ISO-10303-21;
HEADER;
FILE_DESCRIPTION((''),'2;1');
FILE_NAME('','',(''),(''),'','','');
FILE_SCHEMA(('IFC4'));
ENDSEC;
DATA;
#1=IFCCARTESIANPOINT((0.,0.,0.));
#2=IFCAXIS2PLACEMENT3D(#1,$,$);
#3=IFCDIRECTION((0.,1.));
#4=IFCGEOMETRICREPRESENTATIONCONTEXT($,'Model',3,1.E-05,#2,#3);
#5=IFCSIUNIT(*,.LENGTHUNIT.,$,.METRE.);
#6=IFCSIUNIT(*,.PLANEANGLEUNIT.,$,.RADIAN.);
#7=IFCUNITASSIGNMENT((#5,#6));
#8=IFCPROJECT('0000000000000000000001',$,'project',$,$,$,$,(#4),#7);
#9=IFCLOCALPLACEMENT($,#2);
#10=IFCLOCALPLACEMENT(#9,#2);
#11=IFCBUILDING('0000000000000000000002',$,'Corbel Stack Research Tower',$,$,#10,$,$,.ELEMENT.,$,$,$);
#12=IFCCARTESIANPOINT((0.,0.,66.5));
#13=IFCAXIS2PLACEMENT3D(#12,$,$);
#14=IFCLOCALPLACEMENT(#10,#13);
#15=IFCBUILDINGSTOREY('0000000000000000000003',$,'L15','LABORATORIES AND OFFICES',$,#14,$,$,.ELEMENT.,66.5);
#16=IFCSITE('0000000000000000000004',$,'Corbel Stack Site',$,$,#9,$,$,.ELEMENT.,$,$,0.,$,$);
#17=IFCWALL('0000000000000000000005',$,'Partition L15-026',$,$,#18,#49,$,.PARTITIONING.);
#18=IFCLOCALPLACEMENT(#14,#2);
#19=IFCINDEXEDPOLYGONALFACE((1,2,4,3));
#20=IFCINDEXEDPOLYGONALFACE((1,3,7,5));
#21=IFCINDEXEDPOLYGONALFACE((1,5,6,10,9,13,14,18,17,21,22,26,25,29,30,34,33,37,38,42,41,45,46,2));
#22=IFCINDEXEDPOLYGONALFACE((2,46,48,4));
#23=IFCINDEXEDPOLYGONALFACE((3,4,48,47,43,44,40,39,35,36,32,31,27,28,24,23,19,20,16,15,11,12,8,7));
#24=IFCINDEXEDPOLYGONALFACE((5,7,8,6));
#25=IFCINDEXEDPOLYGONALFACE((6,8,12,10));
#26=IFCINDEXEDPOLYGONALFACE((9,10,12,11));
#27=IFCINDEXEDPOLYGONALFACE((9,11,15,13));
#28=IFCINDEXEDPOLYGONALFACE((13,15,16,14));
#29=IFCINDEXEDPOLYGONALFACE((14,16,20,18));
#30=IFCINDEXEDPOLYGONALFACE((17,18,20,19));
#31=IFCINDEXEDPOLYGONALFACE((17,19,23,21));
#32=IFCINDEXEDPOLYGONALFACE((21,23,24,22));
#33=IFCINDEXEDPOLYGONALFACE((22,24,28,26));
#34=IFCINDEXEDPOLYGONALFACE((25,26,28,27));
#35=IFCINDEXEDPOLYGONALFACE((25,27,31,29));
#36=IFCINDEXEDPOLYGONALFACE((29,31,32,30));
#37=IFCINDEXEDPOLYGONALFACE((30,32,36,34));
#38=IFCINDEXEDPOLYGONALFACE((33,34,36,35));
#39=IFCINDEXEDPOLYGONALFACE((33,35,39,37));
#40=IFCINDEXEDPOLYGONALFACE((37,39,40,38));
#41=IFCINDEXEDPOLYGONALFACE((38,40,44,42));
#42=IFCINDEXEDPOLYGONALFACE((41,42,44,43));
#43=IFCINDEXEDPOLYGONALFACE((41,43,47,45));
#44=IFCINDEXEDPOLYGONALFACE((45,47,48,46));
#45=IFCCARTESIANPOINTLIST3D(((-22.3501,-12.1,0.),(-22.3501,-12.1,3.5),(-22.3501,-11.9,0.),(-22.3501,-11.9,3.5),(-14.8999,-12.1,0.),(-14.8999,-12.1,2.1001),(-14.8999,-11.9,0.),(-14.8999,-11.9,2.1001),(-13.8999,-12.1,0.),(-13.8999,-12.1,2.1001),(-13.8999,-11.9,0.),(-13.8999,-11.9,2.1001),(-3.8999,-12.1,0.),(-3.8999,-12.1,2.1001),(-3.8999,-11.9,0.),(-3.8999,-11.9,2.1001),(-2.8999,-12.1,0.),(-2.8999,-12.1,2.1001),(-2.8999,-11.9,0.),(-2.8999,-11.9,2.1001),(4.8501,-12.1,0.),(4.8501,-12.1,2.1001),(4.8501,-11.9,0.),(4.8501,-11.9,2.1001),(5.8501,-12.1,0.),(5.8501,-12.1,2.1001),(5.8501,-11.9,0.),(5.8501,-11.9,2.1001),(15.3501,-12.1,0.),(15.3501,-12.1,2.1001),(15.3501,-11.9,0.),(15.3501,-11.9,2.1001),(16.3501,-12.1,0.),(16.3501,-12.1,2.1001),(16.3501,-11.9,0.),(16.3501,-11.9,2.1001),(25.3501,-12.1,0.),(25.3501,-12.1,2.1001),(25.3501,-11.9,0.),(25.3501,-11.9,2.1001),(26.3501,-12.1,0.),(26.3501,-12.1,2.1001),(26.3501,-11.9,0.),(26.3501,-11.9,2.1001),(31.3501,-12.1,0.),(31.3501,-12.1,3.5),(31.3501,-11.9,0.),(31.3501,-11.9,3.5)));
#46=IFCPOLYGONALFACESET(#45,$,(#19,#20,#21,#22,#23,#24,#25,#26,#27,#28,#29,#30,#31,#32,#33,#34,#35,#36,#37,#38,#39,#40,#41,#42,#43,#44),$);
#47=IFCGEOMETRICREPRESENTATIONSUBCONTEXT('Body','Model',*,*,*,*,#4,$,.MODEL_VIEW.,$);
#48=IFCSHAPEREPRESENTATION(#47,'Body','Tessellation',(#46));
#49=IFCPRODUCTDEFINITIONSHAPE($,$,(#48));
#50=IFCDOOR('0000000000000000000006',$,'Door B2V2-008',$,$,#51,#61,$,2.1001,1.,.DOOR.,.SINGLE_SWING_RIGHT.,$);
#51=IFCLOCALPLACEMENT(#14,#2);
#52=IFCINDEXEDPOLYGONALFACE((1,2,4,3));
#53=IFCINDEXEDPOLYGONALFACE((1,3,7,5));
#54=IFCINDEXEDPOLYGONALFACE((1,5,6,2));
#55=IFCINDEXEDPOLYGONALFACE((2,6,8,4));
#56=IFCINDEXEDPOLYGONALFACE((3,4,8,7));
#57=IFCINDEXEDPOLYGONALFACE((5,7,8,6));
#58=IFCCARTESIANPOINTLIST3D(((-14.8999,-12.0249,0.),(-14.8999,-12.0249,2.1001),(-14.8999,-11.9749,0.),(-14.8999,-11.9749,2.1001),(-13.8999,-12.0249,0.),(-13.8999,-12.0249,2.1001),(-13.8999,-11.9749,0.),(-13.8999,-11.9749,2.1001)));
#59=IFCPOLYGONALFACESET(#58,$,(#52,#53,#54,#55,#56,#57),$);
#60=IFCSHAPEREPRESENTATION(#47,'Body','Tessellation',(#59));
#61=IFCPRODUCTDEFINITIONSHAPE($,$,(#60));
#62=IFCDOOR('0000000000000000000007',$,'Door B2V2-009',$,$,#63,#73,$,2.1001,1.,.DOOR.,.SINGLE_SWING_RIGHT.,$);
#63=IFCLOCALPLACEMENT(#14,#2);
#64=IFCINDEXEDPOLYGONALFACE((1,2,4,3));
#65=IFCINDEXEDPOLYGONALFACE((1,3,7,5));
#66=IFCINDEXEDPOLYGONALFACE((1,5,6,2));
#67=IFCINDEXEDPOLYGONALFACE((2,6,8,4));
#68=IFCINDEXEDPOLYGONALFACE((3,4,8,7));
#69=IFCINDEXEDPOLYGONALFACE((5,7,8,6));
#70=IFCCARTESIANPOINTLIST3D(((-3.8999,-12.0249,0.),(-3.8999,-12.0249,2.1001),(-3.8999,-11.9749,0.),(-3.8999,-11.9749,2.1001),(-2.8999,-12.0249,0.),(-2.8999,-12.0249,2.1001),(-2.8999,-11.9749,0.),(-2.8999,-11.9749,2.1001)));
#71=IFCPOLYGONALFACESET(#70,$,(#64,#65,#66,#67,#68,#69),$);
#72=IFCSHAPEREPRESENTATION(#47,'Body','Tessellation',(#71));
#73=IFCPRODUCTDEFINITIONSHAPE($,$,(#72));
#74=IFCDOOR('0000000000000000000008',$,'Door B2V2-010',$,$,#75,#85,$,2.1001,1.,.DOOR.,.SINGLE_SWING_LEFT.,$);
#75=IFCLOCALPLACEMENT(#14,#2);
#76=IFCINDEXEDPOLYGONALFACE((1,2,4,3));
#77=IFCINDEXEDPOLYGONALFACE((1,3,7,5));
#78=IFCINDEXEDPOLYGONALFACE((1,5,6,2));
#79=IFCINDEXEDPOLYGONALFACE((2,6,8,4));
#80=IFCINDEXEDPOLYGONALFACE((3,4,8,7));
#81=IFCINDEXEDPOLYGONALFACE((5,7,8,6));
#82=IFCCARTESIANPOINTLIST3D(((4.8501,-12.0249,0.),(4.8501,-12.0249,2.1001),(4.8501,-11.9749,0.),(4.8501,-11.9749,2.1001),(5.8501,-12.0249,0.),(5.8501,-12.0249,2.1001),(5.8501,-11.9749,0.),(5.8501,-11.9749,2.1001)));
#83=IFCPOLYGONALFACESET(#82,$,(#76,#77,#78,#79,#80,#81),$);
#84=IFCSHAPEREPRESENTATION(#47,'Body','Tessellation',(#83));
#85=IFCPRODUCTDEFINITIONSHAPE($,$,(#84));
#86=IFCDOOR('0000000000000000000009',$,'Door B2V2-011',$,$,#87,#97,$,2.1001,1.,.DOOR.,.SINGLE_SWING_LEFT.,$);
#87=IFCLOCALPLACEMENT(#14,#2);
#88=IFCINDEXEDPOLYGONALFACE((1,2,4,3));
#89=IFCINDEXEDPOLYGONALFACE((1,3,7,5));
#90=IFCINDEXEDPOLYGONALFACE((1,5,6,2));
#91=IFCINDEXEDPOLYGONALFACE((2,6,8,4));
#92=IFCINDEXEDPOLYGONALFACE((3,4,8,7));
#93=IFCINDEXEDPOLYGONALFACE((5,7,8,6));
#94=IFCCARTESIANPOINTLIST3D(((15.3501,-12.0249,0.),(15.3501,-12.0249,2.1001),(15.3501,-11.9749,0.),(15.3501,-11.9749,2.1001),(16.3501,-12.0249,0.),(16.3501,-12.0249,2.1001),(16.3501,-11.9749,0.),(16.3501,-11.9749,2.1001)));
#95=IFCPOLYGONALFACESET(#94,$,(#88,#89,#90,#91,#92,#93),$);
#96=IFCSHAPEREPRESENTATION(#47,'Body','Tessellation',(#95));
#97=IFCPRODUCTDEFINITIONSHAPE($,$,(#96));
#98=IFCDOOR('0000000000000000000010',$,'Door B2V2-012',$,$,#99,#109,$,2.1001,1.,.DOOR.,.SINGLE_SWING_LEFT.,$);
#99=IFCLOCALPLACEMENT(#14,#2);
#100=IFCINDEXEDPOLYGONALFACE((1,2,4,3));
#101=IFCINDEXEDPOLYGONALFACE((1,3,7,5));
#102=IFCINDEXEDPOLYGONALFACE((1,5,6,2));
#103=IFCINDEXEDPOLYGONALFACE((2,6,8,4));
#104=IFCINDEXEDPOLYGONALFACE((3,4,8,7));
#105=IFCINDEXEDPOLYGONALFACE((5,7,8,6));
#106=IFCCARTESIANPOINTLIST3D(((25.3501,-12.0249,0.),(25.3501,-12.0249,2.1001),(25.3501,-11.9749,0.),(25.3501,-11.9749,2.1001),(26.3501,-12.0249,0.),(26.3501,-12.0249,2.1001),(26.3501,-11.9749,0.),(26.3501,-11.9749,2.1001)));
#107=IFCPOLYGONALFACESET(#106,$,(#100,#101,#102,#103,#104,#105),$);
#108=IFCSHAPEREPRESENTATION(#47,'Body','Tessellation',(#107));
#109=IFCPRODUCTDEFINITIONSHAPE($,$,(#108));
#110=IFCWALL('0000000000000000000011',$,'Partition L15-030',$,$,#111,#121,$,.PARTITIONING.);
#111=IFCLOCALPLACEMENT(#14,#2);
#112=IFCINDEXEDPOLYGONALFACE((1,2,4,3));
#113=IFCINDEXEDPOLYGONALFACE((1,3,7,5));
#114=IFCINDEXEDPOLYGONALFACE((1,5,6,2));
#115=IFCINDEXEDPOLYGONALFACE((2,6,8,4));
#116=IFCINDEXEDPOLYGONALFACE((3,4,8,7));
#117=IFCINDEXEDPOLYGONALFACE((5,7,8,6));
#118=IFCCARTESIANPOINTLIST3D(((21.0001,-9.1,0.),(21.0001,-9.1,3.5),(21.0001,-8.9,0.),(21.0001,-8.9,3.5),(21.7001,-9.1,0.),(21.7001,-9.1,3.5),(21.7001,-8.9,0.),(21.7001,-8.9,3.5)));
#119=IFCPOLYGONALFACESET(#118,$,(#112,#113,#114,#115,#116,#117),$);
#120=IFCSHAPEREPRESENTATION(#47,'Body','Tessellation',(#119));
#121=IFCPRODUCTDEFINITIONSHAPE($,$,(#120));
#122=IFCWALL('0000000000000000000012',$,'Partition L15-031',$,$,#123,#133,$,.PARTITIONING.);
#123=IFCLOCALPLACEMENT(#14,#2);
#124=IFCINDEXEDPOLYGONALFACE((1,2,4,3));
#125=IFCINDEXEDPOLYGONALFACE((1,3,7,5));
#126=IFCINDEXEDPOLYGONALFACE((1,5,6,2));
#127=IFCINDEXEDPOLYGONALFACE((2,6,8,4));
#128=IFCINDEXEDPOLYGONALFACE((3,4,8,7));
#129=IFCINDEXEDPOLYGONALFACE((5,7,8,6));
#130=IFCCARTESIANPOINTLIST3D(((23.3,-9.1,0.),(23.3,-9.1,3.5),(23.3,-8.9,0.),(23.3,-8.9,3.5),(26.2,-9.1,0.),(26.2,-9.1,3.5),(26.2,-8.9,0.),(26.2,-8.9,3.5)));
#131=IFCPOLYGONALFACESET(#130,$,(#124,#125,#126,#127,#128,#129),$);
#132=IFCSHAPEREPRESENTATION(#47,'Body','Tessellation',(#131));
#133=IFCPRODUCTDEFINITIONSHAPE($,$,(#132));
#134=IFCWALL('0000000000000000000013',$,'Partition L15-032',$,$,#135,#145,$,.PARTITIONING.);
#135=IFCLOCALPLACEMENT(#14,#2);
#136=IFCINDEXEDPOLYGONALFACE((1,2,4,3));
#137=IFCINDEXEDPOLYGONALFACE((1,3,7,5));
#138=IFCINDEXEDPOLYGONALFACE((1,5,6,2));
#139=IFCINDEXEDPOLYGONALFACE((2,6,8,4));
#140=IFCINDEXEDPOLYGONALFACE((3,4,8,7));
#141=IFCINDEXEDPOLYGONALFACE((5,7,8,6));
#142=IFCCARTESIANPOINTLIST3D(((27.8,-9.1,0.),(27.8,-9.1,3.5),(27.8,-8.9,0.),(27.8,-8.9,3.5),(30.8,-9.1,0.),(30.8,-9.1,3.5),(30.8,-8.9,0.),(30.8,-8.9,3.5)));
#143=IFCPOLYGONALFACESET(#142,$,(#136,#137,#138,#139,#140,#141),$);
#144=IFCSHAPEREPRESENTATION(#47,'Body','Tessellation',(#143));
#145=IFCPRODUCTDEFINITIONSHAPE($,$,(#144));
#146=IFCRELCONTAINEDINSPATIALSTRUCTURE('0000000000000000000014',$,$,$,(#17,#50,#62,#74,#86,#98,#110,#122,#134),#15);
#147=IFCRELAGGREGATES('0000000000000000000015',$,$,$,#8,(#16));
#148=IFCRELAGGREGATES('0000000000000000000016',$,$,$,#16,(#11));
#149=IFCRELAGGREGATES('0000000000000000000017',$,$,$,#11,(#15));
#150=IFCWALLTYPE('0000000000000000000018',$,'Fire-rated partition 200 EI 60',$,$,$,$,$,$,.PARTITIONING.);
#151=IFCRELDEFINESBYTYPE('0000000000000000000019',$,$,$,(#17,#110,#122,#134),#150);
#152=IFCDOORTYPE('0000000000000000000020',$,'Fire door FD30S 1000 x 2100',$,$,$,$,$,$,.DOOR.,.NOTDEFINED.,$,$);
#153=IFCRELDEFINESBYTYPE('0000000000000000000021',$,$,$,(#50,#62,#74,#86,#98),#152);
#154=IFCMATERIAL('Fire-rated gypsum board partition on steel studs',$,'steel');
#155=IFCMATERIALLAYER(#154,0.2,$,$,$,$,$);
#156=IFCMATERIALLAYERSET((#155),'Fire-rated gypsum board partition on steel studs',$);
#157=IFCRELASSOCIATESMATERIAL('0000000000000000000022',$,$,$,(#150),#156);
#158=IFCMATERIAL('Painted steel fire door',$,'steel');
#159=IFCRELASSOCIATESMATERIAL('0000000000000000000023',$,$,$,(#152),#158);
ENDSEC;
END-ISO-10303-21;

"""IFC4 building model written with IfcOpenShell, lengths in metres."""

from ifc_helpers import new_model, si_unit, direction, frame, frame_2d, origin, place, context, subcontext, project, spatial, rectangle, extrude, material, layer, layer_set, type_object, element, fill, save


model = new_model("IFC4")

# Units and contexts
model_context = context("Model", 3, precision=1e-05, world=origin(), true_north=direction((0.0, 1.0)))
body_context = subcontext(model_context, "Body", "Model", "MODEL_VIEW")
ifc_project = project(units=[si_unit("LENGTHUNIT", "METRE"), si_unit("PLANEANGLEUNIT", "RADIAN")], contexts=[model_context])

# Site, building, storey
site_placement = place(None, origin())
site = spatial("IfcSite", under=ifc_project, at=site_placement, Name="Corbel Stack Site", CompositionType="ELEMENT", RefElevation=0.0)
building_placement = place(site_placement, origin())
building = spatial("IfcBuilding", under=site, at=building_placement, Name="Corbel Stack Research Tower", CompositionType="ELEMENT")
storey_placement = place(building_placement, frame((0.0, 0.0, 66.5)))
storey = spatial("IfcBuildingStorey", under=building, at=storey_placement, Name="L15", Description="LABORATORIES AND OFFICES", CompositionType="ELEMENT", Elevation=66.5)

# Shared definitions
ifc_material_1 = material(Name="Fire-rated gypsum board partition on steel studs", Category="steel")
ifc_layer_1 = layer(ifc_material_1, 0.2)
ifc_layer_set_1 = layer_set([ifc_layer_1], Name="Fire-rated gypsum board partition on steel studs")
wall_type_1 = type_object("IfcWallType", Name="Fire-rated partition 200 EI 60", PredefinedType="PARTITIONING", material=ifc_layer_set_1)

# Wall, openings, doors
wall_1_placement = place(storey_placement, frame((31.3501, -12.0, 0.0), z_axis=(0.0, 0.0, 1.0), x_axis=(-1.0, 0.0, 0.0)))
wall_1 = element("IfcWall", 1, at=wall_1_placement, inside=storey, type_object=wall_type_1, Name="Partition L15-026", PredefinedType="PARTITIONING", context=body_context, shape_type="SweptSolid", body=[
    extrude(rectangle(XDim=53.7002, YDim=0.2, at=frame_2d((26.8501, 0.0))), origin(), (0.0, 0.0, 1.0), 3.5),
])
opening_1_placement = place(wall_1_placement, frame((45.25, 0.0, 0.0)))
opening_1 = element("IfcOpeningElement", 2, at=opening_1_placement, cuts=wall_1, PredefinedType="OPENING", context=body_context, shape_type="SweptSolid", body=[
    extrude(rectangle(XDim=1.0, YDim=2.1001, at=frame_2d((0.5, 1.05))), frame((0.0, 0.1099, 0.0), z_axis=(0.0, -1.0, 0.0), x_axis=(1.0, 0.0, 0.0)), (0.0, 0.0, 1.0), 0.22),
])
opening_2_placement = place(wall_1_placement, frame((34.25, 0.0, 0.0)))
opening_2 = element("IfcOpeningElement", 3, at=opening_2_placement, cuts=wall_1, PredefinedType="OPENING", context=body_context, shape_type="SweptSolid", body=[
    extrude(rectangle(XDim=1.0, YDim=2.1001, at=frame_2d((0.5, 1.05))), frame((0.0, 0.1099, 0.0), z_axis=(0.0, -1.0, 0.0), x_axis=(1.0, 0.0, 0.0)), (0.0, 0.0, 1.0), 0.22),
])
opening_3_placement = place(wall_1_placement, frame((25.5, 0.0, 0.0)))
opening_3 = element("IfcOpeningElement", 4, at=opening_3_placement, cuts=wall_1, PredefinedType="OPENING", context=body_context, shape_type="SweptSolid", body=[
    extrude(rectangle(XDim=1.0, YDim=2.1001, at=frame_2d((0.5, 1.05))), frame((0.0, 0.1099, 0.0), z_axis=(0.0, -1.0, 0.0), x_axis=(1.0, 0.0, 0.0)), (0.0, 0.0, 1.0), 0.22),
])
opening_4_placement = place(wall_1_placement, frame((15.0, 0.0, 0.0)))
opening_4 = element("IfcOpeningElement", 5, at=opening_4_placement, cuts=wall_1, PredefinedType="OPENING", context=body_context, shape_type="SweptSolid", body=[
    extrude(rectangle(XDim=1.0, YDim=2.1001, at=frame_2d((0.5, 1.05))), frame((0.0, 0.1099, 0.0), z_axis=(0.0, -1.0, 0.0), x_axis=(1.0, 0.0, 0.0)), (0.0, 0.0, 1.0), 0.22),
])
opening_5_placement = place(wall_1_placement, frame((5.0, 0.0, 0.0)))
opening_5 = element("IfcOpeningElement", 6, at=opening_5_placement, cuts=wall_1, PredefinedType="OPENING", context=body_context, shape_type="SweptSolid", body=[
    extrude(rectangle(XDim=1.0, YDim=2.1001, at=frame_2d((0.5, 1.05))), frame((0.0, 0.1099, 0.0), z_axis=(0.0, -1.0, 0.0), x_axis=(1.0, 0.0, 0.0)), (0.0, 0.0, 1.0), 0.22),
])
ifc_material_2 = material(Name="Painted steel fire door", Category="steel")
door_type_1 = type_object("IfcDoorType", Name="Fire door FD30S 1000 x 2100", OperationType="NOTDEFINED", PredefinedType="DOOR", material=ifc_material_2)
door_1_placement = place(opening_1_placement, origin())
door_1 = element("IfcDoor", 7, at=door_1_placement, inside=storey, type_object=door_type_1, Name="Door B2V2-008", OperationType="SINGLE_SWING_RIGHT", OverallHeight=2.1001, OverallWidth=1.0, PredefinedType="DOOR", context=body_context, shape_type="SweptSolid", body=[
    extrude(rectangle(XDim=1.0, YDim=2.1001, at=frame_2d((0.5, 1.05))), frame((0.0, 0.0249, 0.0), z_axis=(0.0, -1.0, 0.0), x_axis=(1.0, 0.0, 0.0)), (0.0, 0.0, 1.0), 0.05),
])
fill(opening_1, door_1)
door_2_placement = place(opening_2_placement, origin())
door_2 = element("IfcDoor", 8, at=door_2_placement, inside=storey, type_object=door_type_1, Name="Door B2V2-009", OperationType="SINGLE_SWING_RIGHT", OverallHeight=2.1001, OverallWidth=1.0, PredefinedType="DOOR", context=body_context, shape_type="SweptSolid", body=[
    extrude(rectangle(XDim=1.0, YDim=2.1001, at=frame_2d((0.5, 1.05))), frame((0.0, 0.0249, 0.0), z_axis=(0.0, -1.0, 0.0), x_axis=(1.0, 0.0, 0.0)), (0.0, 0.0, 1.0), 0.05),
])
fill(opening_2, door_2)
door_3_placement = place(opening_3_placement, origin())
door_3 = element("IfcDoor", 9, at=door_3_placement, inside=storey, type_object=door_type_1, Name="Door B2V2-010", OperationType="SINGLE_SWING_LEFT", OverallHeight=2.1001, OverallWidth=1.0, PredefinedType="DOOR", context=body_context, shape_type="SweptSolid", body=[
    extrude(rectangle(XDim=1.0, YDim=2.1001, at=frame_2d((0.5, 1.05))), frame((0.0, 0.0249, 0.0), z_axis=(0.0, -1.0, 0.0), x_axis=(1.0, 0.0, 0.0)), (0.0, 0.0, 1.0), 0.05),
])
fill(opening_3, door_3)
door_4_placement = place(opening_4_placement, origin())
door_4 = element("IfcDoor", 10, at=door_4_placement, inside=storey, type_object=door_type_1, Name="Door B2V2-011", OperationType="SINGLE_SWING_LEFT", OverallHeight=2.1001, OverallWidth=1.0, PredefinedType="DOOR", context=body_context, shape_type="SweptSolid", body=[
    extrude(rectangle(XDim=1.0, YDim=2.1001, at=frame_2d((0.5, 1.05))), frame((0.0, 0.0249, 0.0), z_axis=(0.0, -1.0, 0.0), x_axis=(1.0, 0.0, 0.0)), (0.0, 0.0, 1.0), 0.05),
])
fill(opening_4, door_4)
door_5_placement = place(opening_5_placement, origin())
door_5 = element("IfcDoor", 11, at=door_5_placement, inside=storey, type_object=door_type_1, Name="Door B2V2-012", OperationType="SINGLE_SWING_LEFT", OverallHeight=2.1001, OverallWidth=1.0, PredefinedType="DOOR", context=body_context, shape_type="SweptSolid", body=[
    extrude(rectangle(XDim=1.0, YDim=2.1001, at=frame_2d((0.5, 1.05))), frame((0.0, 0.0249, 0.0), z_axis=(0.0, -1.0, 0.0), x_axis=(1.0, 0.0, 0.0)), (0.0, 0.0, 1.0), 0.05),
])
fill(opening_5, door_5)

# Walls
wall_2_placement = place(storey_placement, frame((21.0, -9.0, 0.0), z_axis=(0.0, 0.0, 1.0), x_axis=(1.0, 0.0, 0.0)))
element("IfcWall", 12, at=wall_2_placement, inside=storey, type_object=wall_type_1, Name="Partition L15-030", PredefinedType="PARTITIONING", context=body_context, shape_type="SweptSolid", body=[
    extrude(rectangle(XDim=0.7, YDim=0.2, at=frame_2d((0.3501, 0.0))), origin(), (0.0, 0.0, 1.0), 3.5),
])
wall_3_placement = place(storey_placement, frame((23.3, -9.0, 0.0), z_axis=(0.0, 0.0, 1.0), x_axis=(1.0, 0.0, 0.0)))
element("IfcWall", 13, at=wall_3_placement, inside=storey, type_object=wall_type_1, Name="Partition L15-031", PredefinedType="PARTITIONING", context=body_context, shape_type="SweptSolid", body=[
    extrude(rectangle(XDim=2.8999, YDim=0.2, at=frame_2d((1.45, 0.0))), origin(), (0.0, 0.0, 1.0), 3.5),
])
wall_4_placement = place(storey_placement, frame((27.8, -9.0, 0.0), z_axis=(0.0, 0.0, 1.0), x_axis=(1.0, 0.0, 0.0)))
element("IfcWall", 14, at=wall_4_placement, inside=storey, type_object=wall_type_1, Name="Partition L15-032", PredefinedType="PARTITIONING", context=body_context, shape_type="SweptSolid", body=[
    extrude(rectangle(XDim=3.0, YDim=0.2, at=frame_2d((1.5, 0.0))), origin(), (0.0, 0.0, 1.0), 3.5),
])

save(model, "model.ifc")
